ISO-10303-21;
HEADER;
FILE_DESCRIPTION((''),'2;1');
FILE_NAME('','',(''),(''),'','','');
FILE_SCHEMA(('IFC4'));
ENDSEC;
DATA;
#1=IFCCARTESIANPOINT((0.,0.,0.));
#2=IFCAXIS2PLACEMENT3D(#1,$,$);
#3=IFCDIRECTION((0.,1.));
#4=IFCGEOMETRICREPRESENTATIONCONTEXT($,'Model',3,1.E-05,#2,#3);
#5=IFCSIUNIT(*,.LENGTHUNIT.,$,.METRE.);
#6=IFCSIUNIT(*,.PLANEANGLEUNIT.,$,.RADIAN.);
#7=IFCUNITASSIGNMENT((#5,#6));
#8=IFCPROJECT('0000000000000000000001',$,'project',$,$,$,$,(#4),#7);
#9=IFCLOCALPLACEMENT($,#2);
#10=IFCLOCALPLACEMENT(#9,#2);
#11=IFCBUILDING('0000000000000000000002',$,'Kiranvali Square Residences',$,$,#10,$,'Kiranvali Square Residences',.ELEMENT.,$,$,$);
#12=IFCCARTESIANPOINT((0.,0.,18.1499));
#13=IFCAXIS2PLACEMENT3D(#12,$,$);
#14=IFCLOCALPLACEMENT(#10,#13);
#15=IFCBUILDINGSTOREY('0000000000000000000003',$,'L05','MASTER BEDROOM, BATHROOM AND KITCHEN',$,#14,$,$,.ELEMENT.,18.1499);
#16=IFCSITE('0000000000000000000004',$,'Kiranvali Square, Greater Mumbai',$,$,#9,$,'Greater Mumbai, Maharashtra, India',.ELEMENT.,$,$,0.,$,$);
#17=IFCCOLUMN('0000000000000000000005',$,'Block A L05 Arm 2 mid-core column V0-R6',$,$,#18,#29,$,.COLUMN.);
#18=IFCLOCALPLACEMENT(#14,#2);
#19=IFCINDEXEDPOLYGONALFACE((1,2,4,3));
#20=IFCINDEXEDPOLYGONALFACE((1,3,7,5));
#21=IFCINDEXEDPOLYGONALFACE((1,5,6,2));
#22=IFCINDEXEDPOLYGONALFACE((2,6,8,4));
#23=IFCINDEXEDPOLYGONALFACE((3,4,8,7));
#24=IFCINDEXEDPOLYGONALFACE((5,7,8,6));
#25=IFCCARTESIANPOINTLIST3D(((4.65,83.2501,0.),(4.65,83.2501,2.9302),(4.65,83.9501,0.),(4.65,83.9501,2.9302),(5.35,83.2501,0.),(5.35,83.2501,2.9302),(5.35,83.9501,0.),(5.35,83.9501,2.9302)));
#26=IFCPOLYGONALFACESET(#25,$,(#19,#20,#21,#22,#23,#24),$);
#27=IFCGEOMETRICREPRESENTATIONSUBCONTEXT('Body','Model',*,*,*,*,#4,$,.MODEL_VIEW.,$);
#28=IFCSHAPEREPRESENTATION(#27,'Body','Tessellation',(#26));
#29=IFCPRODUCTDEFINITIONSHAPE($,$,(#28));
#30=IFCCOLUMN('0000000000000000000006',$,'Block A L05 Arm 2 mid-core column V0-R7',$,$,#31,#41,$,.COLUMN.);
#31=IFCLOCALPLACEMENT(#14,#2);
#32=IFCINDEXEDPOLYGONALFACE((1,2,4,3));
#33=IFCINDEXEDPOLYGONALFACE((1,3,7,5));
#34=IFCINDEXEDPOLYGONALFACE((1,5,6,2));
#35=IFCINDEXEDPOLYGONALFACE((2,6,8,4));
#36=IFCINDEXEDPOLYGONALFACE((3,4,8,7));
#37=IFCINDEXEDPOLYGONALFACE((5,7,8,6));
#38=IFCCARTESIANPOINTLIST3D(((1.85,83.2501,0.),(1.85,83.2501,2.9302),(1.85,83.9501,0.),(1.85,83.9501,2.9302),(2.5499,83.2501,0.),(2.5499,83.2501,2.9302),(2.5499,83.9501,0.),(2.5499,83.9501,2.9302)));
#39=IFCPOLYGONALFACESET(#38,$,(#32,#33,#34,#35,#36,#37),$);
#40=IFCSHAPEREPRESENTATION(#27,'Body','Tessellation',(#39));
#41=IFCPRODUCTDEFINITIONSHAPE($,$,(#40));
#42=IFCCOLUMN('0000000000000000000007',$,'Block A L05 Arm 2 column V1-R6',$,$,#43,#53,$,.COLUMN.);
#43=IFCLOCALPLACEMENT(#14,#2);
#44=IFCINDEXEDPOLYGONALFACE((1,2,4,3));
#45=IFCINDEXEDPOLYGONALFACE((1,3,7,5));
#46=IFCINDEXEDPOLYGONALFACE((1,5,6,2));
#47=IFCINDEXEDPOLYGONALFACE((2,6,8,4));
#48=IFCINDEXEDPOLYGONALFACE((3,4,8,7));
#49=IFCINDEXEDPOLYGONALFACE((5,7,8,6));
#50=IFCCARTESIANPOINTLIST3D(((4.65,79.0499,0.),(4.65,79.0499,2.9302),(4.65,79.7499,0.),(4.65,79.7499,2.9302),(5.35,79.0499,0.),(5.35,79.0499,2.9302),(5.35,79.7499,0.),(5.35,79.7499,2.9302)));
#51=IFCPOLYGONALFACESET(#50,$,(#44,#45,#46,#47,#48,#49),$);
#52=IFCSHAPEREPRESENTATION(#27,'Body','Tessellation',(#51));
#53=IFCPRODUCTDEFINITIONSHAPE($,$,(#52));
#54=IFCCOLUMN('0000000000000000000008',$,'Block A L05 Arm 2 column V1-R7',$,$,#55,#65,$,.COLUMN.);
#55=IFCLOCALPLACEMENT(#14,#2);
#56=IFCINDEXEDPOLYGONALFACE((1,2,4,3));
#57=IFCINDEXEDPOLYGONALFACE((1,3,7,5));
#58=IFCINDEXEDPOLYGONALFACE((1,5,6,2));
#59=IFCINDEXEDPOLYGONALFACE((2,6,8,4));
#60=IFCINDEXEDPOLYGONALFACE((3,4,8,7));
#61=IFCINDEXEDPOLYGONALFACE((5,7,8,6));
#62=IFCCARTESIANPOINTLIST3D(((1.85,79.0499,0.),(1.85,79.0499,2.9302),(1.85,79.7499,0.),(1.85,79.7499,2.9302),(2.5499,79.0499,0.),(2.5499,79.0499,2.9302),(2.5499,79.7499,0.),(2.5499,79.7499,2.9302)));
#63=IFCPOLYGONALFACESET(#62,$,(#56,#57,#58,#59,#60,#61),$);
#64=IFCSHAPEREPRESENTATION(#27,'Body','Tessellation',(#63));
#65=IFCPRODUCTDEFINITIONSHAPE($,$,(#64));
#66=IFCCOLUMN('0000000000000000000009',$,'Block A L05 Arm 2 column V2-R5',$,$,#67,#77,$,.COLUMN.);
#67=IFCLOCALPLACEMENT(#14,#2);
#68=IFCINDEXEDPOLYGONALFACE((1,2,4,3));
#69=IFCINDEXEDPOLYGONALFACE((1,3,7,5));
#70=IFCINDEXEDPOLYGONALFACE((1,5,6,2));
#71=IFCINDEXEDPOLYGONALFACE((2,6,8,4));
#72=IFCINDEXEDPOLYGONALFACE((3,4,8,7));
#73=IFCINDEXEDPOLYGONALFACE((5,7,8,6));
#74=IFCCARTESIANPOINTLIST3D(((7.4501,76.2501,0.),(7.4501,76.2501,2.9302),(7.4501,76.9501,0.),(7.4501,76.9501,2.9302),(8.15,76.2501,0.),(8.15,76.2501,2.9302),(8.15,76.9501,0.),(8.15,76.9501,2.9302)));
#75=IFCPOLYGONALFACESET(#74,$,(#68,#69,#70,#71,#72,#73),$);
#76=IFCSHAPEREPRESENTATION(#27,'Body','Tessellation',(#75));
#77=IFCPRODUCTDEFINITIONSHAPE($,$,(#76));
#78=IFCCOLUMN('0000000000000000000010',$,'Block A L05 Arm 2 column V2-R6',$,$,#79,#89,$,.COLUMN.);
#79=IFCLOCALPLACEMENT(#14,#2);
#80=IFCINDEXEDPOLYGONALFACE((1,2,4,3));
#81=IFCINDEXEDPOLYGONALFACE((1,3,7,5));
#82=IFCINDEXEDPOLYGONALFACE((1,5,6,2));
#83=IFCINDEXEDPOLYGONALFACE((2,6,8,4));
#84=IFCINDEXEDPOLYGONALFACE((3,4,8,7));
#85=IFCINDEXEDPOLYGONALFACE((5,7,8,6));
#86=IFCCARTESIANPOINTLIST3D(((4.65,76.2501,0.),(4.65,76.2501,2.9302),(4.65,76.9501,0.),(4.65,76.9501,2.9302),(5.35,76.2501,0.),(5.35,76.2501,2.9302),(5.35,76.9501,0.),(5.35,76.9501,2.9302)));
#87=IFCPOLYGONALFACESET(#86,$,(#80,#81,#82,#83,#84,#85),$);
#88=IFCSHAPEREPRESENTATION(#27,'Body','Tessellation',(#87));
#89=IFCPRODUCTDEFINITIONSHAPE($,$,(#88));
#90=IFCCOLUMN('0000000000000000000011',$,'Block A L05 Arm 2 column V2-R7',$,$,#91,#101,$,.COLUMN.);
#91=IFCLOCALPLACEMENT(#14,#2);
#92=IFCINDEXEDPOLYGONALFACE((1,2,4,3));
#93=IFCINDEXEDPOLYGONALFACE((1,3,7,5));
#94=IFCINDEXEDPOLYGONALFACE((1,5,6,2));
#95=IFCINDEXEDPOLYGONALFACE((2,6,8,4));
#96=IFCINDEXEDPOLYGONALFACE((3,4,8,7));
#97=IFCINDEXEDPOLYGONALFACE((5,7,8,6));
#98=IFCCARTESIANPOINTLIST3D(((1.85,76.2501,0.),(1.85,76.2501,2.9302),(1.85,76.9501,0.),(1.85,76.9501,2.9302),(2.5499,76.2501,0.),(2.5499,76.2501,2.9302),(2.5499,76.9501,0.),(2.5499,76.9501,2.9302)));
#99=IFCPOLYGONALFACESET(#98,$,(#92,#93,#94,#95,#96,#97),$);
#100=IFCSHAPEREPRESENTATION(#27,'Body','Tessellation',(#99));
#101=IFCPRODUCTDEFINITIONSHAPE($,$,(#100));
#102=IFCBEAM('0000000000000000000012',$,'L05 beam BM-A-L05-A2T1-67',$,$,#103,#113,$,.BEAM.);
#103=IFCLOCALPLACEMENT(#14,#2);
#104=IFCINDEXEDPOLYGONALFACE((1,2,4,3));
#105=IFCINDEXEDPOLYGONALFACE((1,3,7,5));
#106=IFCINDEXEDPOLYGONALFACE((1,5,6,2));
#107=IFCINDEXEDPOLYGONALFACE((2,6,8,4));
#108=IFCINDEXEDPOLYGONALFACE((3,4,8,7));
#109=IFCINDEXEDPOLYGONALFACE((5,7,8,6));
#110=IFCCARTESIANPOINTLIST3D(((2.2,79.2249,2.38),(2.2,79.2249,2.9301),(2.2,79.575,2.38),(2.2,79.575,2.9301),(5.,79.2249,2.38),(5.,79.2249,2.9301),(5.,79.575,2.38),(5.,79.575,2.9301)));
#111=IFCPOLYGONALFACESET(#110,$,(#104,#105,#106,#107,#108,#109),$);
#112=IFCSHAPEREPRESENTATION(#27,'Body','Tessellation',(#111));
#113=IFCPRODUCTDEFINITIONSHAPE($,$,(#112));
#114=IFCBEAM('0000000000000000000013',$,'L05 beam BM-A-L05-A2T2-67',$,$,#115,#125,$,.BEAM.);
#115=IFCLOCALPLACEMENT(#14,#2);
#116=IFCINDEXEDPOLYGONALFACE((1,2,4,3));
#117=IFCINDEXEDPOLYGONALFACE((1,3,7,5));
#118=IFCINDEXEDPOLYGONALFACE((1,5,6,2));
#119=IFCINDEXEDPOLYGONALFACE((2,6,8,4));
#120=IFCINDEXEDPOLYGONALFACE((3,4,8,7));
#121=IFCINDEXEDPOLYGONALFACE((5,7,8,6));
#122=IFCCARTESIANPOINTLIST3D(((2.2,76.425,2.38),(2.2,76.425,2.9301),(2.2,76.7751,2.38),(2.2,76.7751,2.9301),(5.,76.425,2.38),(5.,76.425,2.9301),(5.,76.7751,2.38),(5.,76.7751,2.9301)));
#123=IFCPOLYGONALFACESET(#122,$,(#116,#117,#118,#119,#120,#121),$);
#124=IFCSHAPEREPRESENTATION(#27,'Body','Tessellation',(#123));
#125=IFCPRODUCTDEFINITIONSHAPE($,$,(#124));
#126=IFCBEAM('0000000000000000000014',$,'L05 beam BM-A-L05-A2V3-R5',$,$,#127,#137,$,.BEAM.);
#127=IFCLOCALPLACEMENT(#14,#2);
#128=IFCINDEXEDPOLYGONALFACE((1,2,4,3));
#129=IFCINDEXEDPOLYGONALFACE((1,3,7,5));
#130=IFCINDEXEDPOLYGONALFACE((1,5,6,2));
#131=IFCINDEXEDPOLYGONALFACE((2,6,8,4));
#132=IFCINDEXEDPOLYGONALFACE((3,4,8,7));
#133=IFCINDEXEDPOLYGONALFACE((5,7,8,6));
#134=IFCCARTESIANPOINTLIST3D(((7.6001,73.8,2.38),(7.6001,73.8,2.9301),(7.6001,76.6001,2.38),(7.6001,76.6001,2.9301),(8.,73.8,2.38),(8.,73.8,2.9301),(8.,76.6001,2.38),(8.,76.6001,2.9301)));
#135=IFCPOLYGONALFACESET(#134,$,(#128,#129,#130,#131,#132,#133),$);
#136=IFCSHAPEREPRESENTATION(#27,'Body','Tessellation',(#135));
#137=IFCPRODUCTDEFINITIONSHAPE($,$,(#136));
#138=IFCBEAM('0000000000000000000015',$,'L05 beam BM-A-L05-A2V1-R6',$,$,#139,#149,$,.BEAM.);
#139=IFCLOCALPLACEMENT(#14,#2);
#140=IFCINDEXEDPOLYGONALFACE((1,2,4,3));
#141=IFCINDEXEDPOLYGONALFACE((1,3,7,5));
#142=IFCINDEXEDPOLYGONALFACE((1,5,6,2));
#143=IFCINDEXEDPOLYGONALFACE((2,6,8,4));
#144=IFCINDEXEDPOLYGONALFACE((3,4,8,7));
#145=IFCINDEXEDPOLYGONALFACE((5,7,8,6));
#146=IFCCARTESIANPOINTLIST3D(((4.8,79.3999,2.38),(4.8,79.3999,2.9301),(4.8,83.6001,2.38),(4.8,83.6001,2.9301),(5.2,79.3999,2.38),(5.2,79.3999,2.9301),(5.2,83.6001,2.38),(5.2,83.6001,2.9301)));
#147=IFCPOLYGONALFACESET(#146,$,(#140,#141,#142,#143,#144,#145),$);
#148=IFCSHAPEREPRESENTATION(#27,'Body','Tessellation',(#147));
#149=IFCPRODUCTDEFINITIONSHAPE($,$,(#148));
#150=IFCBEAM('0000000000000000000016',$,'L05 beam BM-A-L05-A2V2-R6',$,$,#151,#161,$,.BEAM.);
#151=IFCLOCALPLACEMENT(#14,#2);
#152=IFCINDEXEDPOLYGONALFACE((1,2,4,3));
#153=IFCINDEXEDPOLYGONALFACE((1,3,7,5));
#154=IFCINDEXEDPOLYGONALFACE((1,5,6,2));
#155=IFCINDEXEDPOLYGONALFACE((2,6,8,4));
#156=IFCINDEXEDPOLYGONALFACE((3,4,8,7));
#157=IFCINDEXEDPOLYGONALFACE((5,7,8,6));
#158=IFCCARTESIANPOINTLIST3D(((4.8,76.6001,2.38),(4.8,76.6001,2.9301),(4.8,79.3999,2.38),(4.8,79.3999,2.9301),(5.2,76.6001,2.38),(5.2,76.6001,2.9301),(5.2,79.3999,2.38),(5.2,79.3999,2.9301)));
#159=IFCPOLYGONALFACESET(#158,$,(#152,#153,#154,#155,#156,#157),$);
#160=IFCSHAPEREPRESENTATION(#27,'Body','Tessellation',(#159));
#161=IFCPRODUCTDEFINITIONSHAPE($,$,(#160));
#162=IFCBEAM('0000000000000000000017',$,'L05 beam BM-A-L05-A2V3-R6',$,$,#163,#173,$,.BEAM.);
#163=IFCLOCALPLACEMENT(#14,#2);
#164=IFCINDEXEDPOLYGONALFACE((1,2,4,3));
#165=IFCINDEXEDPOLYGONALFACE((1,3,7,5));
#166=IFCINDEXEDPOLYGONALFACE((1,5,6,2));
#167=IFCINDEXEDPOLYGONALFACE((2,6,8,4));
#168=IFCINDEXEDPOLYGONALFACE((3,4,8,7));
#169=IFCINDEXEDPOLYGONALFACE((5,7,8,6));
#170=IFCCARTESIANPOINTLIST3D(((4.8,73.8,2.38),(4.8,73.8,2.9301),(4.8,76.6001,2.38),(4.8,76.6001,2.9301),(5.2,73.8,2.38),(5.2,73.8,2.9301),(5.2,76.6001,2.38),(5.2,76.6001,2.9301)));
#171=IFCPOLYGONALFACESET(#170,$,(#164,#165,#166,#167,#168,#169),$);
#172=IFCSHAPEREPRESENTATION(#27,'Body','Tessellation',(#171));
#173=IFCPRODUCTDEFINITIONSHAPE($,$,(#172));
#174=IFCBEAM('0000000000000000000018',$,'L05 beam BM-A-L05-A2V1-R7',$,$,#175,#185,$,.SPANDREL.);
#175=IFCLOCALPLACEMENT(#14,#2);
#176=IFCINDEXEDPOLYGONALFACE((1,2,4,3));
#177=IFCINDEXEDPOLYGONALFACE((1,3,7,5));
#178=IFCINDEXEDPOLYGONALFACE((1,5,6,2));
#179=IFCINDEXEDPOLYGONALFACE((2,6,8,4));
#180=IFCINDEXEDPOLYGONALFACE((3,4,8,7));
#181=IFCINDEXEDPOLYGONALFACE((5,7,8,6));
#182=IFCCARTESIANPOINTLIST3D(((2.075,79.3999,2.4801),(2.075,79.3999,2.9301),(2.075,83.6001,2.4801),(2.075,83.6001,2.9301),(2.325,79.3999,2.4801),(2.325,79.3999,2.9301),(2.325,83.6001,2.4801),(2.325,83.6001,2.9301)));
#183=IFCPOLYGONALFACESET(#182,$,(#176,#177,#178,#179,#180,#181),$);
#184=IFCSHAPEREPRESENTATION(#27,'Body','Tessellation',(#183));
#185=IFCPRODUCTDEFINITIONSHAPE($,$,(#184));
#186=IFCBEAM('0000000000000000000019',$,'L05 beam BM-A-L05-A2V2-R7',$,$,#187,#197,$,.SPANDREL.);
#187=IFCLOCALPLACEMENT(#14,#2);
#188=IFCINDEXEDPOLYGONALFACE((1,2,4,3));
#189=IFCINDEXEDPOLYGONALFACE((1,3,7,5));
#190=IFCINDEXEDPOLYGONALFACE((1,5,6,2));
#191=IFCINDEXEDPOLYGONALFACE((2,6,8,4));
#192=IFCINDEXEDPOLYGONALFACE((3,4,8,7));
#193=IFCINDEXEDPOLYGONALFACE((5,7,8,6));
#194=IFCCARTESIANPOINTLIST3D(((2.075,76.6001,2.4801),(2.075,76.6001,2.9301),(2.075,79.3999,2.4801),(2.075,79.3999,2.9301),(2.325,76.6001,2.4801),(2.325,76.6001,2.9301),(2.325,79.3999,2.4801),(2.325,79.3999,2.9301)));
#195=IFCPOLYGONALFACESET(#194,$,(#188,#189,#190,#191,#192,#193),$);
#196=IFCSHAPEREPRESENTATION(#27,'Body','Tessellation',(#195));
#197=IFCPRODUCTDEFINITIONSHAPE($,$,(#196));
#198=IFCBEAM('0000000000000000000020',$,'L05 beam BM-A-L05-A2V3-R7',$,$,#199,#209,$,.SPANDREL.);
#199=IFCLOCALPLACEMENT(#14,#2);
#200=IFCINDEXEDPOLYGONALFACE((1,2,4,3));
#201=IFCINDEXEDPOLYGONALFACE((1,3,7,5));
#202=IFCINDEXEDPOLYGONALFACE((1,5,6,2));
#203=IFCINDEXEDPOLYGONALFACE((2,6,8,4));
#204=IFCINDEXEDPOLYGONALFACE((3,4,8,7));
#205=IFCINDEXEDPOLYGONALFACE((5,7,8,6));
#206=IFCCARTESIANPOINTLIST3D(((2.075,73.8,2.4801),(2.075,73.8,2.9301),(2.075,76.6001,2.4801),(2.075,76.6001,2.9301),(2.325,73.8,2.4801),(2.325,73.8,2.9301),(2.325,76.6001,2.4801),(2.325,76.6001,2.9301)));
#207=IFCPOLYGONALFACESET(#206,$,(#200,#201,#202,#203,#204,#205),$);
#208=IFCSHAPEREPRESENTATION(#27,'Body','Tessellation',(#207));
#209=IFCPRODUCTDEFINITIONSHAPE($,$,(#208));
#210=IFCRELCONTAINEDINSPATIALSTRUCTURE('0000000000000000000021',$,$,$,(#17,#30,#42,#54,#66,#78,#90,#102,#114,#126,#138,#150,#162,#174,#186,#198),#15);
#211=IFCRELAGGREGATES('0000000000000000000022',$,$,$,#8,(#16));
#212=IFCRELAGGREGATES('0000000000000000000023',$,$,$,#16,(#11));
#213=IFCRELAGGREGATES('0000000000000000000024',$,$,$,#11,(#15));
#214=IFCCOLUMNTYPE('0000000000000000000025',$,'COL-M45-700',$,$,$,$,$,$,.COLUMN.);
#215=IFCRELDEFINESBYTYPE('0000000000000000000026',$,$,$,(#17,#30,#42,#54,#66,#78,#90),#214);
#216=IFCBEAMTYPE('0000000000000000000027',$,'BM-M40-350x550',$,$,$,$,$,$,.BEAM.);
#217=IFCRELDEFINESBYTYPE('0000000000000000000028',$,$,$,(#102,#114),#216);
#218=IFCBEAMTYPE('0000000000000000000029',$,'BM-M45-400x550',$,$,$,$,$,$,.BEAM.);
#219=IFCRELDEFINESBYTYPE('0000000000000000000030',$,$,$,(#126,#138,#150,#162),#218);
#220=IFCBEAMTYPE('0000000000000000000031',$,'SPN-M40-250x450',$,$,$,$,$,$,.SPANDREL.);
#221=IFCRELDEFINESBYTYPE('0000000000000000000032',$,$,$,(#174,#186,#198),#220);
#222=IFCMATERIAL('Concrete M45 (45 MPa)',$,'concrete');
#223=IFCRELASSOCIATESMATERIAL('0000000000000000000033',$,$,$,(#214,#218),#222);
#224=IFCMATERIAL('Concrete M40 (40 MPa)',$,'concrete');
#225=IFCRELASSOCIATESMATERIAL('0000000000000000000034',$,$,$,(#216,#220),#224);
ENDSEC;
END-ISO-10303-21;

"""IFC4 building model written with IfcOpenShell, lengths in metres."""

from ifc_helpers import new_model, si_unit, direction, frame, origin, origin_2d, place, context, subcontext, project, spatial, rectangle, extrude, material, material_profile, profile_set, type_object, element, save


model = new_model("IFC4")

# Units and contexts
model_context = context("Model", 3, precision=1e-05, world=origin(), true_north=direction((0.0, 1.0)))
body_context = subcontext(model_context, "Body", "Model", "MODEL_VIEW")
ifc_project = project(units=[si_unit("LENGTHUNIT", "METRE"), si_unit("PLANEANGLEUNIT", "RADIAN")], contexts=[model_context])

# Site, building, storey
site_placement = place(None, origin())
site = spatial("IfcSite", under=ifc_project, at=site_placement, Name="Kiranvali Square, Greater Mumbai", LongName="Greater Mumbai, Maharashtra, India", CompositionType="ELEMENT", RefElevation=0.0)
building_placement = place(site_placement, origin())
building = spatial("IfcBuilding", under=site, at=building_placement, Name="Kiranvali Square Residences", LongName="Kiranvali Square Residences", CompositionType="ELEMENT")
storey_placement = place(building_placement, frame((0.0, 0.0, 18.1499)))
storey = spatial("IfcBuildingStorey", under=building, at=storey_placement, Name="L05", Description="MASTER BEDROOM, BATHROOM AND KITCHEN", CompositionType="ELEMENT", Elevation=18.1499)

# Columns
ifc_material_1 = material(Name="Concrete M45 (45 MPa)", Category="concrete")
ifc_material_profile_1 = material_profile(ifc_material_1, rectangle(XDim=0.7, YDim=0.7, at=origin_2d()), Name="RC 700x700")
ifc_profile_set_1 = profile_set([ifc_material_profile_1], Name="Concrete M45 (45 MPa)")
column_type = type_object("IfcColumnType", Name="COL-M45-700", PredefinedType="COLUMN", material=ifc_profile_set_1)
for number, where, z_axis, x_axis, name in (
    (1, (5.0, 83.6001, 0.0), (0.0, 0.0, 1.0), (1.0, 0.0, 0.0), "Block A L05 Arm 2 mid-core column V0-R6"),
    (2, (2.2, 83.6001, 0.0), (0.0, 0.0, 1.0), (1.0, 0.0, 0.0), "Block A L05 Arm 2 mid-core column V0-R7"),
    (3, (5.0, 79.3999, 0.0), (0.0, 0.0, 1.0), (1.0, 0.0, 0.0), "Block A L05 Arm 2 column V1-R6"),
    (4, (2.2, 79.3999, 0.0), (0.0, 0.0, 1.0), (1.0, 0.0, 0.0), "Block A L05 Arm 2 column V1-R7"),
    (5, (7.8, 76.6001, 0.0), (0.0, 0.0, 1.0), (1.0, 0.0, 0.0), "Block A L05 Arm 2 column V2-R5"),
    (6, (5.0, 76.6001, 0.0), (0.0, 0.0, 1.0), (1.0, 0.0, 0.0), "Block A L05 Arm 2 column V2-R6"),
    (7, (2.2, 76.6001, 0.0), (0.0, 0.0, 1.0), (1.0, 0.0, 0.0), "Block A L05 Arm 2 column V2-R7"),
):
    element("IfcColumn", number, at=place(storey_placement, frame(where, z_axis=z_axis, x_axis=x_axis)), inside=storey, type_object=column_type, Name=name, PredefinedType="COLUMN", context=body_context, shape_type="SweptSolid", body=[
        extrude(rectangle(XDim=0.7, YDim=0.7, at=origin_2d()), origin(), (0.0, 0.0, 1.0), 2.9302),
    ])

# Beams
ifc_material_2 = material(Name="Concrete M40 (40 MPa)", Category="concrete")
ifc_material_profile_2 = material_profile(ifc_material_2, rectangle(XDim=0.3501, YDim=0.55, at=origin_2d()), Name="RC 350x550")
ifc_profile_set_2 = profile_set([ifc_material_profile_2], Name="Concrete M40 (40 MPa)")
beam_type_1 = type_object("IfcBeamType", Name="BM-M40-350x550", PredefinedType="BEAM", material=ifc_profile_set_2)
for number, where, z_axis, x_axis, name in (
    (8, (5.0, 79.3999, 2.655), (-1.0, 0.0, 0.0), (0.0, -1.0, 0.0), "L05 beam BM-A-L05-A2T1-67"),
    (9, (5.0, 76.6001, 2.655), (-1.0, 0.0, 0.0), (0.0, -1.0, 0.0), "L05 beam BM-A-L05-A2T2-67"),
):
    element("IfcBeam", number, at=place(storey_placement, frame(where, z_axis=z_axis, x_axis=x_axis)), inside=storey, type_object=beam_type_1, Name=name, PredefinedType="BEAM", context=body_context, shape_type="SweptSolid", body=[
        extrude(rectangle(XDim=0.3501, YDim=0.55, at=origin_2d()), origin(), (0.0, 0.0, 1.0), 2.8),
    ])
ifc_material_profile_3 = material_profile(ifc_material_1, rectangle(XDim=0.3999, YDim=0.55, at=origin_2d()), Name="RC 400x550")
ifc_profile_set_3 = profile_set([ifc_material_profile_3], Name="Concrete M45 (45 MPa)")
beam_type_2 = type_object("IfcBeamType", Name="BM-M45-400x550", PredefinedType="BEAM", material=ifc_profile_set_3)
beam_1_placement = place(storey_placement, frame((7.8, 76.6001, 2.655), z_axis=(0.0, -1.0, 0.0), x_axis=(1.0, 0.0, 0.0)))
element("IfcBeam", 10, at=beam_1_placement, inside=storey, type_object=beam_type_2, Name="L05 beam BM-A-L05-A2V3-R5", PredefinedType="BEAM", context=body_context, shape_type="SweptSolid", body=[
    extrude(rectangle(XDim=0.3999, YDim=0.55, at=origin_2d()), origin(), (0.0, 0.0, 1.0), 2.8),
])
beam_2_placement = place(storey_placement, frame((5.0, 83.6001, 2.655), z_axis=(0.0, -1.0, 0.0), x_axis=(1.0, 0.0, 0.0)))
element("IfcBeam", 11, at=beam_2_placement, inside=storey, type_object=beam_type_2, Name="L05 beam BM-A-L05-A2V1-R6", PredefinedType="BEAM", context=body_context, shape_type="SweptSolid", body=[
    extrude(rectangle(XDim=0.3999, YDim=0.55, at=origin_2d()), origin(), (0.0, 0.0, 1.0), 4.2002),
])
beam_3_placement = place(storey_placement, frame((5.0, 79.3999, 2.655), z_axis=(0.0, -1.0, 0.0), x_axis=(1.0, 0.0, 0.0)))
element("IfcBeam", 12, at=beam_3_placement, inside=storey, type_object=beam_type_2, Name="L05 beam BM-A-L05-A2V2-R6", PredefinedType="BEAM", context=body_context, shape_type="SweptSolid", body=[
    extrude(rectangle(XDim=0.3999, YDim=0.55, at=origin_2d()), origin(), (0.0, 0.0, 1.0), 2.7998),
])
beam_4_placement = place(storey_placement, frame((5.0, 76.6001, 2.655), z_axis=(0.0, -1.0, 0.0), x_axis=(1.0, 0.0, 0.0)))
element("IfcBeam", 13, at=beam_4_placement, inside=storey, type_object=beam_type_2, Name="L05 beam BM-A-L05-A2V3-R6", PredefinedType="BEAM", context=body_context, shape_type="SweptSolid", body=[
    extrude(rectangle(XDim=0.3999, YDim=0.55, at=origin_2d()), origin(), (0.0, 0.0, 1.0), 2.8),
])
ifc_material_profile_4 = material_profile(ifc_material_2, rectangle(XDim=0.25, YDim=0.45, at=origin_2d()), Name="RC 250x450")
ifc_profile_set_4 = profile_set([ifc_material_profile_4], Name="Concrete M40 (40 MPa)")
beam_type_3 = type_object("IfcBeamType", Name="SPN-M40-250x450", PredefinedType="SPANDREL", material=ifc_profile_set_4)
beam_5_placement = place(storey_placement, frame((2.2, 83.6001, 2.7051), z_axis=(0.0, -1.0, 0.0), x_axis=(1.0, 0.0, 0.0)))
element("IfcBeam", 14, at=beam_5_placement, inside=storey, type_object=beam_type_3, Name="L05 beam BM-A-L05-A2V1-R7", PredefinedType="SPANDREL", context=body_context, shape_type="SweptSolid", body=[
    extrude(rectangle(XDim=0.25, YDim=0.45, at=origin_2d()), origin(), (0.0, 0.0, 1.0), 4.2002),
])
beam_6_placement = place(storey_placement, frame((2.2, 79.3999, 2.7051), z_axis=(0.0, -1.0, 0.0), x_axis=(1.0, 0.0, 0.0)))
element("IfcBeam", 15, at=beam_6_placement, inside=storey, type_object=beam_type_3, Name="L05 beam BM-A-L05-A2V2-R7", PredefinedType="SPANDREL", context=body_context, shape_type="SweptSolid", body=[
    extrude(rectangle(XDim=0.25, YDim=0.45, at=origin_2d()), origin(), (0.0, 0.0, 1.0), 2.7998),
])
beam_7_placement = place(storey_placement, frame((2.2, 76.6001, 2.7051), z_axis=(0.0, -1.0, 0.0), x_axis=(1.0, 0.0, 0.0)))
element("IfcBeam", 16, at=beam_7_placement, inside=storey, type_object=beam_type_3, Name="L05 beam BM-A-L05-A2V3-R7", PredefinedType="SPANDREL", context=body_context, shape_type="SweptSolid", body=[
    extrude(rectangle(XDim=0.25, YDim=0.45, at=origin_2d()), origin(), (0.0, 0.0, 1.0), 2.8),
])

save(model, "model.ifc")
